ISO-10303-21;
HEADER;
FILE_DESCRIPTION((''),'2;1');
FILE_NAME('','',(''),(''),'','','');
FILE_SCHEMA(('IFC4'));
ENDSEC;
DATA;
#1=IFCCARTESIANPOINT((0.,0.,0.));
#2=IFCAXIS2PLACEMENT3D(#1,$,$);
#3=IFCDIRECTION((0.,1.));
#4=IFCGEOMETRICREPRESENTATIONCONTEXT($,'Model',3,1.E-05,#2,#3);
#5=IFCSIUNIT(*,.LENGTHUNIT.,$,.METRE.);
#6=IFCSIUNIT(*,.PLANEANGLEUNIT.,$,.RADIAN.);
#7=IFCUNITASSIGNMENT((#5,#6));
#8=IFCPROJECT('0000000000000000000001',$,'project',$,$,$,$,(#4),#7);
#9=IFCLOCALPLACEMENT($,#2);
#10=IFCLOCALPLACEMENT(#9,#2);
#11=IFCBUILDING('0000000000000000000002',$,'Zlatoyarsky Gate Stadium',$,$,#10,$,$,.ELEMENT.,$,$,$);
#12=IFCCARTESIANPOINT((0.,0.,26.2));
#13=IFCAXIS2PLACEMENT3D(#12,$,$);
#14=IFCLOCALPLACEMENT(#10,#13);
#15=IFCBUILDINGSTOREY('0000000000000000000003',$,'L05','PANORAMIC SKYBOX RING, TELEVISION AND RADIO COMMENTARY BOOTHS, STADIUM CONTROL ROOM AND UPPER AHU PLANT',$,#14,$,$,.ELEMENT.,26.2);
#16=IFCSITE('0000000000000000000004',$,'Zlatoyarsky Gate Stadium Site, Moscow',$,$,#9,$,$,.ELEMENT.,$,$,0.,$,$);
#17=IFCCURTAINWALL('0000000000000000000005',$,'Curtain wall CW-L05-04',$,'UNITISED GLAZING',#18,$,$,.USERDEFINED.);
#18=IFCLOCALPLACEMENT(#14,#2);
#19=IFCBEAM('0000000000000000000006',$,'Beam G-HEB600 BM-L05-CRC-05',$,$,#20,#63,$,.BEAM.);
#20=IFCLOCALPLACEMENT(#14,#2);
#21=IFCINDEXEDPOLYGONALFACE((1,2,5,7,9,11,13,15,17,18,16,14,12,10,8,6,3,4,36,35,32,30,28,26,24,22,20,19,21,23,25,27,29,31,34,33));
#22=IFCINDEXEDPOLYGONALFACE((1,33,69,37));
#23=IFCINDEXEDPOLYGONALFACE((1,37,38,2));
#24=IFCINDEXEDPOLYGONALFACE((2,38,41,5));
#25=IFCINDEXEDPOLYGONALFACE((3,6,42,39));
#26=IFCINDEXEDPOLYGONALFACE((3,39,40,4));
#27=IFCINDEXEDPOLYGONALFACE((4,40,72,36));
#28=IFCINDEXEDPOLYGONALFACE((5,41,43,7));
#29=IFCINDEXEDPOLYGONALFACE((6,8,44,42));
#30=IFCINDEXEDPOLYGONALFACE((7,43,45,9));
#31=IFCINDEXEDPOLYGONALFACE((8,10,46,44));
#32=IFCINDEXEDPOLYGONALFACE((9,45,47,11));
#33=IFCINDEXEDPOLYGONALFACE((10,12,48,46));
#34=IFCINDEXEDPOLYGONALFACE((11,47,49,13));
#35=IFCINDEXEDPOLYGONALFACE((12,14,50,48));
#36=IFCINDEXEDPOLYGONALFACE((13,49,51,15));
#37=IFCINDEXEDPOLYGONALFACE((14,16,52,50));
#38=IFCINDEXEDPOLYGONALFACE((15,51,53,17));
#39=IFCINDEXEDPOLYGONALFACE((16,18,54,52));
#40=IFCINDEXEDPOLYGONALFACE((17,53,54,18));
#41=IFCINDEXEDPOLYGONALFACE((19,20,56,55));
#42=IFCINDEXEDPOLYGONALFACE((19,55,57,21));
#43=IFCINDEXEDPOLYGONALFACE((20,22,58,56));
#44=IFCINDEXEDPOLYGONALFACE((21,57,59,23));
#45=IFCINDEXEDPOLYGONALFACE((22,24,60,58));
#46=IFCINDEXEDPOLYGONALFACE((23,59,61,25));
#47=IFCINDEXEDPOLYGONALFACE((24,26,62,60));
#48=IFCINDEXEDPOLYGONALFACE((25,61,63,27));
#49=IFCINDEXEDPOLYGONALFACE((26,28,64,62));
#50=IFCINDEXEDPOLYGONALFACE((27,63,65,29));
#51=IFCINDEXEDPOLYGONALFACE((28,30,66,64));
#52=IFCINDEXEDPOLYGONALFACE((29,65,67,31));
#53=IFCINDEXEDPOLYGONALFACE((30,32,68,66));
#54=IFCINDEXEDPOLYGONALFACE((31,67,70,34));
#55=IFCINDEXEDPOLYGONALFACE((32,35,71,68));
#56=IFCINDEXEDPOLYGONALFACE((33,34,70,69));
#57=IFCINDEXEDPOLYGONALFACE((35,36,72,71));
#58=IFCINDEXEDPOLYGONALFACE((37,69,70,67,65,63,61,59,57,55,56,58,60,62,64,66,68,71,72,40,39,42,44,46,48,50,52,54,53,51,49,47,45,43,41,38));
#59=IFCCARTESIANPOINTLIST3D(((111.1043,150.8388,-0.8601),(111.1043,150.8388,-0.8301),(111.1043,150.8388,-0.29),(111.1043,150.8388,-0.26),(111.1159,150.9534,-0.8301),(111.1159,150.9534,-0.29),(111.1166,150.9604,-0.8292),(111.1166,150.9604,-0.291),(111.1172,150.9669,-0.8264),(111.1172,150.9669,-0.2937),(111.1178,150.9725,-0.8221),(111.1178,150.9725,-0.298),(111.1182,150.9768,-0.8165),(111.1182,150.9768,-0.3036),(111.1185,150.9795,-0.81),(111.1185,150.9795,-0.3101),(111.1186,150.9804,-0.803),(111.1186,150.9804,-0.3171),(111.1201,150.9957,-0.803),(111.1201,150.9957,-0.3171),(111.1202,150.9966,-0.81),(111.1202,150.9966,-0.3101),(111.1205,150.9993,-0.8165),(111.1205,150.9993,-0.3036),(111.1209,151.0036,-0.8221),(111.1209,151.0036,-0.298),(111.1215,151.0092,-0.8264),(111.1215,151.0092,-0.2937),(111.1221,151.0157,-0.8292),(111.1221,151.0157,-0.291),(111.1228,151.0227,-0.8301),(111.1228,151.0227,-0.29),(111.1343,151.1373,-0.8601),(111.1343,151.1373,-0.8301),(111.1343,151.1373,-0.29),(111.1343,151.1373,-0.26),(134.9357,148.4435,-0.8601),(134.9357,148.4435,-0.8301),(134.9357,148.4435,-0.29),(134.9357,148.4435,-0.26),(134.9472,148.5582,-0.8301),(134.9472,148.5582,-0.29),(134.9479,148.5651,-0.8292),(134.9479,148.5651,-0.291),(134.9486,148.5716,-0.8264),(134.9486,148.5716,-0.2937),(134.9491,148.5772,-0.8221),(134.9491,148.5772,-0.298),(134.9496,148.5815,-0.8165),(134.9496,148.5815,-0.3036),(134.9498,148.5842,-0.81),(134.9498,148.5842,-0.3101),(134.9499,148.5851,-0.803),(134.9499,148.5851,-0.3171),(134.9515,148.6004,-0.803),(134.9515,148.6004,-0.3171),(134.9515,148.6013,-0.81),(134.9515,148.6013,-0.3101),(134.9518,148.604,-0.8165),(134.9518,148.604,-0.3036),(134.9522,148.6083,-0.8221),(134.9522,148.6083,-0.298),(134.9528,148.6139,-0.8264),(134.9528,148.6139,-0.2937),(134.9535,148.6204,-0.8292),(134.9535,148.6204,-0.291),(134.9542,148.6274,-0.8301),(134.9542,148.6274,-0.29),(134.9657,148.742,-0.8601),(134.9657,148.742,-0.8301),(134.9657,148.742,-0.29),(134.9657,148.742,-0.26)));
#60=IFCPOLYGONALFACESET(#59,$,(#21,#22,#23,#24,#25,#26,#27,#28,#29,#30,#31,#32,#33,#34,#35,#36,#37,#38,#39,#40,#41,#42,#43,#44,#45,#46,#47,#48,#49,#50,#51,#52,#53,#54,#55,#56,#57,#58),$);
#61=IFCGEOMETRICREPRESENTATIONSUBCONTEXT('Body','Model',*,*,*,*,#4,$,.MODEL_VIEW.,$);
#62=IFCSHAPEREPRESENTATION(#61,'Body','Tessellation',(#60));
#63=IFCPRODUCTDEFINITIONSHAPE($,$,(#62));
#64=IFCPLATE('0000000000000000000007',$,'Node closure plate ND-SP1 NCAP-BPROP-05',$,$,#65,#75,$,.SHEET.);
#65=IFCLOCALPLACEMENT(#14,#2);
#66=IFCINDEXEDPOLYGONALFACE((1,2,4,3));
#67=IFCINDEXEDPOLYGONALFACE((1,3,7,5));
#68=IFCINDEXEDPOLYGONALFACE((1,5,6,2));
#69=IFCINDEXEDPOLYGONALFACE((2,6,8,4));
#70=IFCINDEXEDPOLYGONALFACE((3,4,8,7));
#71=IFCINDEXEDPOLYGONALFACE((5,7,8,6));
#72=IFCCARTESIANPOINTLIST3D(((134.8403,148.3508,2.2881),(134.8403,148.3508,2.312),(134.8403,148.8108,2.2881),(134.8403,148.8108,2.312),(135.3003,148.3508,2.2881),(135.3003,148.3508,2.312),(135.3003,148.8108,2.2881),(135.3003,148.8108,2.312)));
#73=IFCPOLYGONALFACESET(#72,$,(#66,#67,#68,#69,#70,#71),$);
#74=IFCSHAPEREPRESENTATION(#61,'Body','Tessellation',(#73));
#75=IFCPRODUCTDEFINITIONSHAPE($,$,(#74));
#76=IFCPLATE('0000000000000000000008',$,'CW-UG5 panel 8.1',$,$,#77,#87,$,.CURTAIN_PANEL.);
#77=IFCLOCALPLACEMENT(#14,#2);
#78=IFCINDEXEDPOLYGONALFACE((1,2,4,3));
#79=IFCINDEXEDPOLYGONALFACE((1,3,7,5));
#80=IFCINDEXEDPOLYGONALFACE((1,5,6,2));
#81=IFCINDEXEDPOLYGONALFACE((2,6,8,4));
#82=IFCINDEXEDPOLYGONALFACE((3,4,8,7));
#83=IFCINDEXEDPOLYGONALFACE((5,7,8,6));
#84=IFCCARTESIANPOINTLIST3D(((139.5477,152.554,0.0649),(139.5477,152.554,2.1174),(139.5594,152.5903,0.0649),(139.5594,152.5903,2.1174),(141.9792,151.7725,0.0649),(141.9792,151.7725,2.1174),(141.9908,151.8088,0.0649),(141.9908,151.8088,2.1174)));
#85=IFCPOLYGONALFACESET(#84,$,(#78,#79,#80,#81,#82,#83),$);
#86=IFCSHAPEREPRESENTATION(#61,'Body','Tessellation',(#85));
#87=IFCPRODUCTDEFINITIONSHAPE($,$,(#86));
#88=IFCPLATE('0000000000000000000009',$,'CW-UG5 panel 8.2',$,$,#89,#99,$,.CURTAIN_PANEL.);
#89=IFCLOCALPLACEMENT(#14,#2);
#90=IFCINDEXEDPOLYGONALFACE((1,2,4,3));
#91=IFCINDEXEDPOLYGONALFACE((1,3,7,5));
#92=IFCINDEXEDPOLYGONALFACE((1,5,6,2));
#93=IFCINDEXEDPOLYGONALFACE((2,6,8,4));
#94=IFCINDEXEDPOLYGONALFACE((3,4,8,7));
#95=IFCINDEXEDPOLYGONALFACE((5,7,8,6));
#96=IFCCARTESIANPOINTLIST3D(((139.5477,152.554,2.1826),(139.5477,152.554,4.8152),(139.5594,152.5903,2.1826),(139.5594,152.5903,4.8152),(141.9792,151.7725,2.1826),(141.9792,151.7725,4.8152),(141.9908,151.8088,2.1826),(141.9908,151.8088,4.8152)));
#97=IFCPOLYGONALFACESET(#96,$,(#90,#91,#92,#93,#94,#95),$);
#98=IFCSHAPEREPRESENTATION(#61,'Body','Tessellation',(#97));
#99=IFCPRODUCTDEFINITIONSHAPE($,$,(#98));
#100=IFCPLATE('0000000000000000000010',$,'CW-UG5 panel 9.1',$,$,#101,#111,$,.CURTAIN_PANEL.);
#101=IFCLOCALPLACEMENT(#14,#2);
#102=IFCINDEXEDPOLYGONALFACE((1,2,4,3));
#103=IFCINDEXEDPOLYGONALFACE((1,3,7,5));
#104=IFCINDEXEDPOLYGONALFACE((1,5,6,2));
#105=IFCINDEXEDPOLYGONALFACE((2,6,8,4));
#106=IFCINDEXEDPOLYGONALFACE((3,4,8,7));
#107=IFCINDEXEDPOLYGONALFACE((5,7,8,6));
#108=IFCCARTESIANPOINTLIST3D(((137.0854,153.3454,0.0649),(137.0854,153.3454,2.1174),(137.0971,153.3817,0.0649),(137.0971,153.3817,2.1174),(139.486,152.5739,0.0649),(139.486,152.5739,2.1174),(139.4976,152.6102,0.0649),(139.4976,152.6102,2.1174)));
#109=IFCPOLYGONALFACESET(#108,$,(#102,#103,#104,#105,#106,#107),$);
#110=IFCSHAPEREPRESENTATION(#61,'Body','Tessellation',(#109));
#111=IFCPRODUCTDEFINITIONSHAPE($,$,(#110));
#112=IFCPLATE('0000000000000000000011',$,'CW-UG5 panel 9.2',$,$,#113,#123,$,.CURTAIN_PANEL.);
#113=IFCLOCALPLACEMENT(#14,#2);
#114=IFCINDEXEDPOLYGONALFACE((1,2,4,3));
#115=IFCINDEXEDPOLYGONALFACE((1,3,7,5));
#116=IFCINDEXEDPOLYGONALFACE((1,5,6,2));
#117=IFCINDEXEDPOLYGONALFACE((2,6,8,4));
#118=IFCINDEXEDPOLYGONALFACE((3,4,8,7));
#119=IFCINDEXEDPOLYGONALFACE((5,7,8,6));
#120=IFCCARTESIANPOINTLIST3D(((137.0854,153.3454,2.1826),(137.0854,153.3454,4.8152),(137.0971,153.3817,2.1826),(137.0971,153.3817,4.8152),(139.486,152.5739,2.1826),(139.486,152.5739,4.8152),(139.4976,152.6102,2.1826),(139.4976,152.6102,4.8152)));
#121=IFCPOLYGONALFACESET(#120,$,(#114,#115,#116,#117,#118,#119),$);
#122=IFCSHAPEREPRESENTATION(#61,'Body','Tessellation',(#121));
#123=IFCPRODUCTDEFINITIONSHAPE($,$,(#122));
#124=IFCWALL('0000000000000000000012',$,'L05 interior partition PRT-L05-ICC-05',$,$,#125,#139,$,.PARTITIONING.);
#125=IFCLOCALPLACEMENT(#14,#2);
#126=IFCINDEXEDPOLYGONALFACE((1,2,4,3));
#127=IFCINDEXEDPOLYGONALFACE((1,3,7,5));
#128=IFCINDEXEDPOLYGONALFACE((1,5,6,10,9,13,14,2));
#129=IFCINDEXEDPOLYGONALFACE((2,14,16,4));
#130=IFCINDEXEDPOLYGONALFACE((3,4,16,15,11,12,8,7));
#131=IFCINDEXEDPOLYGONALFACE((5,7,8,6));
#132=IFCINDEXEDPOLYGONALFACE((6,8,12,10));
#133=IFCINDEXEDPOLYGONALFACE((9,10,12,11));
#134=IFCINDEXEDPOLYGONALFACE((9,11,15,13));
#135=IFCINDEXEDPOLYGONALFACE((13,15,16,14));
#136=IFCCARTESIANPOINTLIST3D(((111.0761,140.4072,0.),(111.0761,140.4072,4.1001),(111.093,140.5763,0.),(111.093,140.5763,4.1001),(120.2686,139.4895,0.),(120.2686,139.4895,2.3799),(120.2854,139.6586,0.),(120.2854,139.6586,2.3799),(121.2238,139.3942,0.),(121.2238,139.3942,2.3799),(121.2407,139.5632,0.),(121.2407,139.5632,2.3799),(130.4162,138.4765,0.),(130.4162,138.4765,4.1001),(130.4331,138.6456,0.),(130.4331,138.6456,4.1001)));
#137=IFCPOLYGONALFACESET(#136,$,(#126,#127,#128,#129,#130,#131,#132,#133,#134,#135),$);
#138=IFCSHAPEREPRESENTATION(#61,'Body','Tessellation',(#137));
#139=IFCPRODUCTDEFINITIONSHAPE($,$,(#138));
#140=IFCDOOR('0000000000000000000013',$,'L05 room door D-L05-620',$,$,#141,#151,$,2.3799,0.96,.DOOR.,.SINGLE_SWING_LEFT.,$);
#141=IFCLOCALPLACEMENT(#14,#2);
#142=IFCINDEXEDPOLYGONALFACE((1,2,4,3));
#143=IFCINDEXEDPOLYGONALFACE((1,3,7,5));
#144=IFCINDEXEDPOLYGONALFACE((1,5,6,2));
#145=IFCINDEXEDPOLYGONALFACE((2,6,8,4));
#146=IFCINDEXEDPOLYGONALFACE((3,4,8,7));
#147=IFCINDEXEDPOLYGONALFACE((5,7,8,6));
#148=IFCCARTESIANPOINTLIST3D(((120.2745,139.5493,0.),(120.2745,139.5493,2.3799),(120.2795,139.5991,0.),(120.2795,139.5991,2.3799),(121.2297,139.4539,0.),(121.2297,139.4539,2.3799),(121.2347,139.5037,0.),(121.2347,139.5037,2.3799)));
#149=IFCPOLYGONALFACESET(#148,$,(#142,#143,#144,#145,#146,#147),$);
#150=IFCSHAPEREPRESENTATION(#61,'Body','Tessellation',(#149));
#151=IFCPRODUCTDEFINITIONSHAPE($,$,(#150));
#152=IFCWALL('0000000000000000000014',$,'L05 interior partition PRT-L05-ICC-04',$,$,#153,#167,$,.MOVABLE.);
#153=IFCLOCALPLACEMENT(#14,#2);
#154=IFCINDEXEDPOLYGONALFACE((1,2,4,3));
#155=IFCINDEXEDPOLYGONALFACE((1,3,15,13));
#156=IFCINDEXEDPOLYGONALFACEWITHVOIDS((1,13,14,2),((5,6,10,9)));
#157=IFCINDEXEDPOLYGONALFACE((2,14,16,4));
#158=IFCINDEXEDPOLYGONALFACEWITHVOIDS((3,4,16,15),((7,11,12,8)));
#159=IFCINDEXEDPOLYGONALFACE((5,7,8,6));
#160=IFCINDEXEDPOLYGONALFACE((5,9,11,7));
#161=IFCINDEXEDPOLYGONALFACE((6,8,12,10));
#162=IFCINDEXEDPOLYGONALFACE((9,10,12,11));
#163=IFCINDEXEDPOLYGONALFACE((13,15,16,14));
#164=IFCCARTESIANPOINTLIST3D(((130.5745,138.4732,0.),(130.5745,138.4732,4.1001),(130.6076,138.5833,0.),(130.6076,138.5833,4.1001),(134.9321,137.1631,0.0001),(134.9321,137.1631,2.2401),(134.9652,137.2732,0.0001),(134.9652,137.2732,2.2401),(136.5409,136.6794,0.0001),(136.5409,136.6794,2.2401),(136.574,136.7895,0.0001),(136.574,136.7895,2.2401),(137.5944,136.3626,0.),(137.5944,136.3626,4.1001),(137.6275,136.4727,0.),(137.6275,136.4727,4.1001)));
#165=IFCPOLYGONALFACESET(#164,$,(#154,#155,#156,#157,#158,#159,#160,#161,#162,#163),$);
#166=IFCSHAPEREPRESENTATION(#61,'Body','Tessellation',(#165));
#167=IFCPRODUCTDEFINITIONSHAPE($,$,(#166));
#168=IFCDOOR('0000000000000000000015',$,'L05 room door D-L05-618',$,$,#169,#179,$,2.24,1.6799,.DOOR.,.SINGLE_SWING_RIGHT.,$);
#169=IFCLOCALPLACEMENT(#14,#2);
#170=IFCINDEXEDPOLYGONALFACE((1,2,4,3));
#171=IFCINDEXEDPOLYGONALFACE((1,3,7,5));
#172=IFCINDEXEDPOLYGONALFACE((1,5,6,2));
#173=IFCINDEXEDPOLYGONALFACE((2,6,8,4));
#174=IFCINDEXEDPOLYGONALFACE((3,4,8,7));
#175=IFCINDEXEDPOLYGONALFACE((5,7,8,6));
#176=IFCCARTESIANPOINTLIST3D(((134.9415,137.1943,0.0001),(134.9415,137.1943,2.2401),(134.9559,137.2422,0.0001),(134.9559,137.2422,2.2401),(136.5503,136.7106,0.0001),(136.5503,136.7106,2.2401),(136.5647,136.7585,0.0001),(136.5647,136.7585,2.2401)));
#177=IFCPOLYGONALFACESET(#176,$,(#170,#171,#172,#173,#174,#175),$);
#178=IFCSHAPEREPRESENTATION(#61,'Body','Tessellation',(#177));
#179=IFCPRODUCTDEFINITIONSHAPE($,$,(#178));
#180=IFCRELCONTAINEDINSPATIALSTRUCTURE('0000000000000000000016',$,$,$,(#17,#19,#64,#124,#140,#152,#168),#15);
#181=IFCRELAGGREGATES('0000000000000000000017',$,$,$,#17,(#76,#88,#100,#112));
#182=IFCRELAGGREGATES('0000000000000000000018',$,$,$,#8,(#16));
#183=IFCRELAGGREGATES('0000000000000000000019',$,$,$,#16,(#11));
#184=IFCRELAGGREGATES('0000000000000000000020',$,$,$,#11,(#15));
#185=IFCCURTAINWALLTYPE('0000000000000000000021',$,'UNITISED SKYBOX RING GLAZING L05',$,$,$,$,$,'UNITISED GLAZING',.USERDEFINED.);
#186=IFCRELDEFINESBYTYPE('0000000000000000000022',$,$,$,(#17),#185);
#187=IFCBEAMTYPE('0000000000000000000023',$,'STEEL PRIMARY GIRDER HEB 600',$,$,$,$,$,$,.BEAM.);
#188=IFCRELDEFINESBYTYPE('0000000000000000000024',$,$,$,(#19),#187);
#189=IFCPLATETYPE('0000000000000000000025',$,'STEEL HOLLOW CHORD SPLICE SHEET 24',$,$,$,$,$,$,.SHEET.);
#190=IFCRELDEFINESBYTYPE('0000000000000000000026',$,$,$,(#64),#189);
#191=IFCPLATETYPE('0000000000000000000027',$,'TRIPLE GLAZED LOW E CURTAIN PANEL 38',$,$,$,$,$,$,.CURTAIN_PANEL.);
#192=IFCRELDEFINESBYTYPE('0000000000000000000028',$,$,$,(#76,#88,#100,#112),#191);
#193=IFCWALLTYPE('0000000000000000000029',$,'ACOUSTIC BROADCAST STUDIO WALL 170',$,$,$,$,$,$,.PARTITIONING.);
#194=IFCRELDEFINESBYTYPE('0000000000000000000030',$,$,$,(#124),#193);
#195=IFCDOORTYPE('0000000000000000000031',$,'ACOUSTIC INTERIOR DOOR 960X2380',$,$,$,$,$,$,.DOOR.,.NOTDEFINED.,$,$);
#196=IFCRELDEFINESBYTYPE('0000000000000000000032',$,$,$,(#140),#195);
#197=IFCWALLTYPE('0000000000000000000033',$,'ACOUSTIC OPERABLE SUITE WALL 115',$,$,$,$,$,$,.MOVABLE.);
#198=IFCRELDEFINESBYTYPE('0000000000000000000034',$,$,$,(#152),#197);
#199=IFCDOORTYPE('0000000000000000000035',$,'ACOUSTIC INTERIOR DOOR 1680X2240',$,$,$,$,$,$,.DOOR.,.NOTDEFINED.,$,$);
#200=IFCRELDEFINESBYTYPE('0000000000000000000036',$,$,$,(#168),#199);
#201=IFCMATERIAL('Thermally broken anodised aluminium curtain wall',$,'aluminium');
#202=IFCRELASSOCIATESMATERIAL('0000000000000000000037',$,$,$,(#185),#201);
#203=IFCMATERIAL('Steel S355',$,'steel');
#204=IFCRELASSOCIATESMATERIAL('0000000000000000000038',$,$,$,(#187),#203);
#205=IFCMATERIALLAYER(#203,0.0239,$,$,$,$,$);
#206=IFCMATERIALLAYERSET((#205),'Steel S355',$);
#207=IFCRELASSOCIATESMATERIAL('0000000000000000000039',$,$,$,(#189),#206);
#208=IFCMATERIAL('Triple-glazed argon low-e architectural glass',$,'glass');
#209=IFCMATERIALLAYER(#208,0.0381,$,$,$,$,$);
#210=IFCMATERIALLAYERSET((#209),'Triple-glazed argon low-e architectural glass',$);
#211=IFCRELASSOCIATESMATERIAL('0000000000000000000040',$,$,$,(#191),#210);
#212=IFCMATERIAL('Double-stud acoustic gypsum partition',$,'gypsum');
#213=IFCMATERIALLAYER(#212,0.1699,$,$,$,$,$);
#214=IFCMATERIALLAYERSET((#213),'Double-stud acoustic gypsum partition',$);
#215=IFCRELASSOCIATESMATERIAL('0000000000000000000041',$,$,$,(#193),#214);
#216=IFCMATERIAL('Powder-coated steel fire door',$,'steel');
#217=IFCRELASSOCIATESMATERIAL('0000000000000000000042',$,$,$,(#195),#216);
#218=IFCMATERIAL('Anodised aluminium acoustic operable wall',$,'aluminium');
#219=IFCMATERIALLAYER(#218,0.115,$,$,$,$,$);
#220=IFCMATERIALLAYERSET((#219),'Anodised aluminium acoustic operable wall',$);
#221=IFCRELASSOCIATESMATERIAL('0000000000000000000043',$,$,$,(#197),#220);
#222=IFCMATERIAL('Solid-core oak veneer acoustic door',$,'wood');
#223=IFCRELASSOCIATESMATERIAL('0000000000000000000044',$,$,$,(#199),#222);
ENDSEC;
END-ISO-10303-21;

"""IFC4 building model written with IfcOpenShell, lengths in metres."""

from ifc_helpers import new_model, si_unit, direction, frame, frame_2d, origin, origin_2d, place, context, subcontext, project, spatial, rectangle, i_section, extrude, material, layer, layer_set, material_profile, profile_set, type_object, element, fill, aggregate, save


model = new_model("IFC4")

# Units and contexts
model_context = context("Model", 3, precision=1e-05, world=origin(), true_north=direction((0.0, 1.0)))
body_context = subcontext(model_context, "Body", "Model", "MODEL_VIEW")
ifc_project = project(units=[si_unit("LENGTHUNIT", "METRE"), si_unit("PLANEANGLEUNIT", "RADIAN")], contexts=[model_context])

# Site, building, storey
site_placement = place(None, origin())
site = spatial("IfcSite", under=ifc_project, at=site_placement, Name="Zlatoyarsky Gate Stadium Site, Moscow", CompositionType="ELEMENT", RefElevation=0.0)
building_placement = place(site_placement, origin())
building = spatial("IfcBuilding", under=site, at=building_placement, Name="Zlatoyarsky Gate Stadium", CompositionType="ELEMENT")
storey_placement = place(building_placement, frame((0.0, 0.0, 26.2)))
storey = spatial("IfcBuildingStorey", under=building, at=storey_placement, Name="L05", Description="PANORAMIC SKYBOX RING, TELEVISION AND RADIO COMMENTARY BOOTHS, STADIUM CONTROL ROOM AND UPPER AHU PLANT", CompositionType="ELEMENT", Elevation=26.2)

# Shared definitions
ifc_material_1 = material(Name="Steel S355", Category="steel")

# Curtain wall
ifc_material_2 = material(Name="Thermally broken anodised aluminium curtain wall", Category="aluminium")
curtain_wall_type = type_object("IfcCurtainWallType", Name="UNITISED SKYBOX RING GLAZING L05", ElementType="UNITISED GLAZING", PredefinedType="USERDEFINED", material=ifc_material_2)
curtain_wall_1_placement = place(storey_placement, origin())
curtain_wall_1 = element("IfcCurtainWall", 1, at=curtain_wall_1_placement, inside=storey, type_object=curtain_wall_type, Name="Curtain wall CW-L05-04", ObjectType="UNITISED GLAZING", PredefinedType="USERDEFINED")

# Beam
ifc_material_profile_1 = material_profile(ifc_material_1, i_section(OverallWidth=0.3, OverallDepth=0.6001, WebThickness=0.0154, FlangeThickness=0.03, FilletRadius=0.0271, at=origin_2d()), Name="HEB 600")
ifc_profile_set_1 = profile_set([ifc_material_profile_1], Name="Steel S355")
beam_type_1 = type_object("IfcBeamType", Name="STEEL PRIMARY GIRDER HEB 600", PredefinedType="BEAM", material=ifc_profile_set_1)
beam_1_placement = place(storey_placement, frame((134.9507, 148.5928, -0.5601), z_axis=(-0.994987, 0.100005, 0.0), x_axis=(-0.100005, -0.994987, 0.0)))
element("IfcBeam", 2, at=beam_1_placement, inside=storey, type_object=beam_type_1, Name="Beam G-HEB600 BM-L05-CRC-05", PredefinedType="BEAM", context=body_context, shape_type="SweptSolid", body=[
    extrude(i_section(OverallWidth=0.3, OverallDepth=0.6001, WebThickness=0.0154, FlangeThickness=0.03, FilletRadius=0.0271, at=origin_2d()), origin(), (0.0, 0.0, 1.0), 23.9514),
])

# Plates
ifc_layer_1 = layer(ifc_material_1, 0.0239)
ifc_layer_set_1 = layer_set([ifc_layer_1], Name="Steel S355")
plate_type_1 = type_object("IfcPlateType", Name="STEEL HOLLOW CHORD SPLICE SHEET 24", PredefinedType="SHEET", material=ifc_layer_set_1)
plate_1_placement = place(storey_placement, frame((135.0703, 148.5808, 2.2881), z_axis=(0.0, 0.0, 1.0), x_axis=(1.0, 0.0, 0.0)))
element("IfcPlate", 3, at=plate_1_placement, inside=storey, type_object=plate_type_1, Name="Node closure plate ND-SP1 NCAP-BPROP-05", PredefinedType="SHEET", context=body_context, shape_type="SweptSolid", body=[
    extrude(rectangle(XDim=0.46, YDim=0.46, at=origin_2d()), origin(), (0.0, 0.0, 1.0), 0.0239),
])
ifc_material_3 = material(Name="Triple-glazed argon low-e architectural glass", Category="glass")
ifc_layer_2 = layer(ifc_material_3, 0.0381)
ifc_layer_set_2 = layer_set([ifc_layer_2], Name="Triple-glazed argon low-e architectural glass")
plate_type_2 = type_object("IfcPlateType", Name="TRIPLE GLAZED LOW E CURTAIN PANEL 38", PredefinedType="CURTAIN_PANEL", material=ifc_layer_set_2)
plate_2_placement = place(storey_placement, frame((140.7693, 152.1814, 0.0649), z_axis=(0.0, 0.0, 1.0), x_axis=(-0.952039, 0.305978, 0.0)))
plate_2 = element("IfcPlate", 4, at=plate_2_placement, type_object=plate_type_2, Name="CW-UG5 panel 8.1", PredefinedType="CURTAIN_PANEL", context=body_context, shape_type="SweptSolid", body=[
    extrude(rectangle(XDim=2.554, YDim=0.0381, at=origin_2d()), origin(), (0.0, 0.0, 1.0), 2.0525),
])
plate_3_placement = place(storey_placement, frame((140.7693, 152.1814, 2.1826), z_axis=(0.0, 0.0, 1.0), x_axis=(-0.952039, 0.305978, 0.0)))
plate_3 = element("IfcPlate", 5, at=plate_3_placement, type_object=plate_type_2, Name="CW-UG5 panel 8.2", PredefinedType="CURTAIN_PANEL", context=body_context, shape_type="SweptSolid", body=[
    extrude(rectangle(XDim=2.554, YDim=0.0381, at=origin_2d()), origin(), (0.0, 0.0, 1.0), 2.6326),
])
plate_4_placement = place(storey_placement, frame((138.2915, 152.9778, 0.0649), z_axis=(0.0, 0.0, 1.0), x_axis=(-0.952039, 0.305978, 0.0)))
plate_4 = element("IfcPlate", 6, at=plate_4_placement, type_object=plate_type_2, Name="CW-UG5 panel 9.1", PredefinedType="CURTAIN_PANEL", context=body_context, shape_type="SweptSolid", body=[
    extrude(rectangle(XDim=2.5215, YDim=0.0381, at=origin_2d()), origin(), (0.0, 0.0, 1.0), 2.0525),
])
plate_5_placement = place(storey_placement, frame((138.2915, 152.9778, 2.1826), z_axis=(0.0, 0.0, 1.0), x_axis=(-0.952039, 0.305978, 0.0)))
plate_5 = element("IfcPlate", 7, at=plate_5_placement, type_object=plate_type_2, Name="CW-UG5 panel 9.2", PredefinedType="CURTAIN_PANEL", context=body_context, shape_type="SweptSolid", body=[
    extrude(rectangle(XDim=2.5215, YDim=0.0381, at=origin_2d()), origin(), (0.0, 0.0, 1.0), 2.6326),
])
aggregate(curtain_wall_1, [plate_2, plate_3, plate_4, plate_5])

# Walls, openings, doors
ifc_material_4 = material(Name="Double-stud acoustic gypsum partition", Category="gypsum")
ifc_layer_3 = layer(ifc_material_4, 0.1699)
ifc_layer_set_3 = layer_set([ifc_layer_3], Name="Double-stud acoustic gypsum partition")
wall_type_1 = type_object("IfcWallType", Name="ACOUSTIC BROADCAST STUDIO WALL 170", PredefinedType="PARTITIONING", material=ifc_layer_set_3)
wall_1_placement = place(storey_placement, frame((130.4248, 138.561, 0.0), z_axis=(0.0, 0.0, 1.0), x_axis=(-0.995054, 0.099333, 0.0)))
wall_1 = element("IfcWall", 8, at=wall_1_placement, inside=storey, type_object=wall_type_1, Name="L05 interior partition PRT-L05-ICC-05", PredefinedType="PARTITIONING", context=body_context, shape_type="SweptSolid", body=[
    extrude(rectangle(XDim=19.4363, YDim=0.1699, at=frame_2d((9.7183, 0.0))), origin(), (0.0, 0.0, 1.0), 4.1001),
])
opening_1_placement = place(wall_1_placement, frame((9.2383, 0.0, 0.0)))
opening_1 = element("IfcOpeningElement", 9, at=opening_1_placement, cuts=wall_1, PredefinedType="OPENING", context=body_context, shape_type="SweptSolid", body=[
    extrude(rectangle(XDim=0.96, YDim=2.3799, at=frame_2d((0.48, 1.1899))), frame((0.0, 0.095, 0.0), z_axis=(0.0, -1.0, 0.0), x_axis=(1.0, 0.0, 0.0)), (0.0, 0.0, 1.0), 0.1899),
])
ifc_material_5 = material(Name="Powder-coated steel fire door", Category="steel")
door_type_1 = type_object("IfcDoorType", Name="ACOUSTIC INTERIOR DOOR 960X2380", OperationType="NOTDEFINED", PredefinedType="DOOR", material=ifc_material_5)
door_1_placement = place(opening_1_placement, origin())
door_1 = element("IfcDoor", 10, at=door_1_placement, inside=storey, type_object=door_type_1, Name="L05 room door D-L05-620", OperationType="SINGLE_SWING_LEFT", OverallHeight=2.3799, OverallWidth=0.96, PredefinedType="DOOR", context=body_context, shape_type="SweptSolid", body=[
    extrude(rectangle(XDim=0.96, YDim=2.3799, at=frame_2d((0.48, 1.1899))), frame((0.0, 0.0249, 0.0), z_axis=(0.0, -1.0, 0.0), x_axis=(1.0, 0.0, 0.0)), (0.0, 0.0, 1.0), 0.05),
])
fill(opening_1, door_1)
ifc_material_6 = material(Name="Anodised aluminium acoustic operable wall", Category="aluminium")
ifc_layer_4 = layer(ifc_material_6, 0.115)
ifc_layer_set_4 = layer_set([ifc_layer_4], Name="Anodised aluminium acoustic operable wall")
wall_type_2 = type_object("IfcWallType", Name="ACOUSTIC OPERABLE SUITE WALL 115", PredefinedType="MOVABLE", material=ifc_layer_set_4)
wall_2_placement = place(storey_placement, frame((137.6108, 136.4177, 0.0), z_axis=(0.0, 0.0, 1.0), x_axis=(-0.957654, 0.287922, 0.0)))
wall_2 = element("IfcWall", 11, at=wall_2_placement, inside=storey, type_object=wall_type_2, Name="L05 interior partition PRT-L05-ICC-04", PredefinedType="MOVABLE", context=body_context, shape_type="SweptSolid", body=[
    extrude(rectangle(XDim=7.3303, YDim=0.115, at=frame_2d((3.665, 0.0))), origin(), (0.0, 0.0, 1.0), 4.1001),
])
opening_2_placement = place(wall_2_placement, frame((1.1001, 0.0, 0.0)))
opening_2 = element("IfcOpeningElement", 12, at=opening_2_placement, cuts=wall_2, PredefinedType="OPENING", context=body_context, shape_type="SweptSolid", body=[
    extrude(rectangle(XDim=1.6799, YDim=2.24, at=frame_2d((0.8398, 1.1201))), frame((0.0, 0.0674, 0.0), z_axis=(0.0, -1.0, 0.0), x_axis=(1.0, 0.0, 0.0)), (0.0, 0.0, 1.0), 0.135),
])
ifc_material_7 = material(Name="Solid-core oak veneer acoustic door", Category="wood")
door_type_2 = type_object("IfcDoorType", Name="ACOUSTIC INTERIOR DOOR 1680X2240", OperationType="NOTDEFINED", PredefinedType="DOOR", material=ifc_material_7)
door_2_placement = place(opening_2_placement, origin())
door_2 = element("IfcDoor", 13, at=door_2_placement, inside=storey, type_object=door_type_2, Name="L05 room door D-L05-618", OperationType="SINGLE_SWING_RIGHT", OverallHeight=2.24, OverallWidth=1.6799, PredefinedType="DOOR", context=body_context, shape_type="SweptSolid", body=[
    extrude(rectangle(XDim=1.6799, YDim=2.24, at=frame_2d((0.8398, 1.1201))), frame((0.0, 0.0249, 0.0), z_axis=(0.0, -1.0, 0.0), x_axis=(1.0, 0.0, 0.0)), (0.0, 0.0, 1.0), 0.05),
])
fill(opening_2, door_2)

save(model, "model.ifc")
